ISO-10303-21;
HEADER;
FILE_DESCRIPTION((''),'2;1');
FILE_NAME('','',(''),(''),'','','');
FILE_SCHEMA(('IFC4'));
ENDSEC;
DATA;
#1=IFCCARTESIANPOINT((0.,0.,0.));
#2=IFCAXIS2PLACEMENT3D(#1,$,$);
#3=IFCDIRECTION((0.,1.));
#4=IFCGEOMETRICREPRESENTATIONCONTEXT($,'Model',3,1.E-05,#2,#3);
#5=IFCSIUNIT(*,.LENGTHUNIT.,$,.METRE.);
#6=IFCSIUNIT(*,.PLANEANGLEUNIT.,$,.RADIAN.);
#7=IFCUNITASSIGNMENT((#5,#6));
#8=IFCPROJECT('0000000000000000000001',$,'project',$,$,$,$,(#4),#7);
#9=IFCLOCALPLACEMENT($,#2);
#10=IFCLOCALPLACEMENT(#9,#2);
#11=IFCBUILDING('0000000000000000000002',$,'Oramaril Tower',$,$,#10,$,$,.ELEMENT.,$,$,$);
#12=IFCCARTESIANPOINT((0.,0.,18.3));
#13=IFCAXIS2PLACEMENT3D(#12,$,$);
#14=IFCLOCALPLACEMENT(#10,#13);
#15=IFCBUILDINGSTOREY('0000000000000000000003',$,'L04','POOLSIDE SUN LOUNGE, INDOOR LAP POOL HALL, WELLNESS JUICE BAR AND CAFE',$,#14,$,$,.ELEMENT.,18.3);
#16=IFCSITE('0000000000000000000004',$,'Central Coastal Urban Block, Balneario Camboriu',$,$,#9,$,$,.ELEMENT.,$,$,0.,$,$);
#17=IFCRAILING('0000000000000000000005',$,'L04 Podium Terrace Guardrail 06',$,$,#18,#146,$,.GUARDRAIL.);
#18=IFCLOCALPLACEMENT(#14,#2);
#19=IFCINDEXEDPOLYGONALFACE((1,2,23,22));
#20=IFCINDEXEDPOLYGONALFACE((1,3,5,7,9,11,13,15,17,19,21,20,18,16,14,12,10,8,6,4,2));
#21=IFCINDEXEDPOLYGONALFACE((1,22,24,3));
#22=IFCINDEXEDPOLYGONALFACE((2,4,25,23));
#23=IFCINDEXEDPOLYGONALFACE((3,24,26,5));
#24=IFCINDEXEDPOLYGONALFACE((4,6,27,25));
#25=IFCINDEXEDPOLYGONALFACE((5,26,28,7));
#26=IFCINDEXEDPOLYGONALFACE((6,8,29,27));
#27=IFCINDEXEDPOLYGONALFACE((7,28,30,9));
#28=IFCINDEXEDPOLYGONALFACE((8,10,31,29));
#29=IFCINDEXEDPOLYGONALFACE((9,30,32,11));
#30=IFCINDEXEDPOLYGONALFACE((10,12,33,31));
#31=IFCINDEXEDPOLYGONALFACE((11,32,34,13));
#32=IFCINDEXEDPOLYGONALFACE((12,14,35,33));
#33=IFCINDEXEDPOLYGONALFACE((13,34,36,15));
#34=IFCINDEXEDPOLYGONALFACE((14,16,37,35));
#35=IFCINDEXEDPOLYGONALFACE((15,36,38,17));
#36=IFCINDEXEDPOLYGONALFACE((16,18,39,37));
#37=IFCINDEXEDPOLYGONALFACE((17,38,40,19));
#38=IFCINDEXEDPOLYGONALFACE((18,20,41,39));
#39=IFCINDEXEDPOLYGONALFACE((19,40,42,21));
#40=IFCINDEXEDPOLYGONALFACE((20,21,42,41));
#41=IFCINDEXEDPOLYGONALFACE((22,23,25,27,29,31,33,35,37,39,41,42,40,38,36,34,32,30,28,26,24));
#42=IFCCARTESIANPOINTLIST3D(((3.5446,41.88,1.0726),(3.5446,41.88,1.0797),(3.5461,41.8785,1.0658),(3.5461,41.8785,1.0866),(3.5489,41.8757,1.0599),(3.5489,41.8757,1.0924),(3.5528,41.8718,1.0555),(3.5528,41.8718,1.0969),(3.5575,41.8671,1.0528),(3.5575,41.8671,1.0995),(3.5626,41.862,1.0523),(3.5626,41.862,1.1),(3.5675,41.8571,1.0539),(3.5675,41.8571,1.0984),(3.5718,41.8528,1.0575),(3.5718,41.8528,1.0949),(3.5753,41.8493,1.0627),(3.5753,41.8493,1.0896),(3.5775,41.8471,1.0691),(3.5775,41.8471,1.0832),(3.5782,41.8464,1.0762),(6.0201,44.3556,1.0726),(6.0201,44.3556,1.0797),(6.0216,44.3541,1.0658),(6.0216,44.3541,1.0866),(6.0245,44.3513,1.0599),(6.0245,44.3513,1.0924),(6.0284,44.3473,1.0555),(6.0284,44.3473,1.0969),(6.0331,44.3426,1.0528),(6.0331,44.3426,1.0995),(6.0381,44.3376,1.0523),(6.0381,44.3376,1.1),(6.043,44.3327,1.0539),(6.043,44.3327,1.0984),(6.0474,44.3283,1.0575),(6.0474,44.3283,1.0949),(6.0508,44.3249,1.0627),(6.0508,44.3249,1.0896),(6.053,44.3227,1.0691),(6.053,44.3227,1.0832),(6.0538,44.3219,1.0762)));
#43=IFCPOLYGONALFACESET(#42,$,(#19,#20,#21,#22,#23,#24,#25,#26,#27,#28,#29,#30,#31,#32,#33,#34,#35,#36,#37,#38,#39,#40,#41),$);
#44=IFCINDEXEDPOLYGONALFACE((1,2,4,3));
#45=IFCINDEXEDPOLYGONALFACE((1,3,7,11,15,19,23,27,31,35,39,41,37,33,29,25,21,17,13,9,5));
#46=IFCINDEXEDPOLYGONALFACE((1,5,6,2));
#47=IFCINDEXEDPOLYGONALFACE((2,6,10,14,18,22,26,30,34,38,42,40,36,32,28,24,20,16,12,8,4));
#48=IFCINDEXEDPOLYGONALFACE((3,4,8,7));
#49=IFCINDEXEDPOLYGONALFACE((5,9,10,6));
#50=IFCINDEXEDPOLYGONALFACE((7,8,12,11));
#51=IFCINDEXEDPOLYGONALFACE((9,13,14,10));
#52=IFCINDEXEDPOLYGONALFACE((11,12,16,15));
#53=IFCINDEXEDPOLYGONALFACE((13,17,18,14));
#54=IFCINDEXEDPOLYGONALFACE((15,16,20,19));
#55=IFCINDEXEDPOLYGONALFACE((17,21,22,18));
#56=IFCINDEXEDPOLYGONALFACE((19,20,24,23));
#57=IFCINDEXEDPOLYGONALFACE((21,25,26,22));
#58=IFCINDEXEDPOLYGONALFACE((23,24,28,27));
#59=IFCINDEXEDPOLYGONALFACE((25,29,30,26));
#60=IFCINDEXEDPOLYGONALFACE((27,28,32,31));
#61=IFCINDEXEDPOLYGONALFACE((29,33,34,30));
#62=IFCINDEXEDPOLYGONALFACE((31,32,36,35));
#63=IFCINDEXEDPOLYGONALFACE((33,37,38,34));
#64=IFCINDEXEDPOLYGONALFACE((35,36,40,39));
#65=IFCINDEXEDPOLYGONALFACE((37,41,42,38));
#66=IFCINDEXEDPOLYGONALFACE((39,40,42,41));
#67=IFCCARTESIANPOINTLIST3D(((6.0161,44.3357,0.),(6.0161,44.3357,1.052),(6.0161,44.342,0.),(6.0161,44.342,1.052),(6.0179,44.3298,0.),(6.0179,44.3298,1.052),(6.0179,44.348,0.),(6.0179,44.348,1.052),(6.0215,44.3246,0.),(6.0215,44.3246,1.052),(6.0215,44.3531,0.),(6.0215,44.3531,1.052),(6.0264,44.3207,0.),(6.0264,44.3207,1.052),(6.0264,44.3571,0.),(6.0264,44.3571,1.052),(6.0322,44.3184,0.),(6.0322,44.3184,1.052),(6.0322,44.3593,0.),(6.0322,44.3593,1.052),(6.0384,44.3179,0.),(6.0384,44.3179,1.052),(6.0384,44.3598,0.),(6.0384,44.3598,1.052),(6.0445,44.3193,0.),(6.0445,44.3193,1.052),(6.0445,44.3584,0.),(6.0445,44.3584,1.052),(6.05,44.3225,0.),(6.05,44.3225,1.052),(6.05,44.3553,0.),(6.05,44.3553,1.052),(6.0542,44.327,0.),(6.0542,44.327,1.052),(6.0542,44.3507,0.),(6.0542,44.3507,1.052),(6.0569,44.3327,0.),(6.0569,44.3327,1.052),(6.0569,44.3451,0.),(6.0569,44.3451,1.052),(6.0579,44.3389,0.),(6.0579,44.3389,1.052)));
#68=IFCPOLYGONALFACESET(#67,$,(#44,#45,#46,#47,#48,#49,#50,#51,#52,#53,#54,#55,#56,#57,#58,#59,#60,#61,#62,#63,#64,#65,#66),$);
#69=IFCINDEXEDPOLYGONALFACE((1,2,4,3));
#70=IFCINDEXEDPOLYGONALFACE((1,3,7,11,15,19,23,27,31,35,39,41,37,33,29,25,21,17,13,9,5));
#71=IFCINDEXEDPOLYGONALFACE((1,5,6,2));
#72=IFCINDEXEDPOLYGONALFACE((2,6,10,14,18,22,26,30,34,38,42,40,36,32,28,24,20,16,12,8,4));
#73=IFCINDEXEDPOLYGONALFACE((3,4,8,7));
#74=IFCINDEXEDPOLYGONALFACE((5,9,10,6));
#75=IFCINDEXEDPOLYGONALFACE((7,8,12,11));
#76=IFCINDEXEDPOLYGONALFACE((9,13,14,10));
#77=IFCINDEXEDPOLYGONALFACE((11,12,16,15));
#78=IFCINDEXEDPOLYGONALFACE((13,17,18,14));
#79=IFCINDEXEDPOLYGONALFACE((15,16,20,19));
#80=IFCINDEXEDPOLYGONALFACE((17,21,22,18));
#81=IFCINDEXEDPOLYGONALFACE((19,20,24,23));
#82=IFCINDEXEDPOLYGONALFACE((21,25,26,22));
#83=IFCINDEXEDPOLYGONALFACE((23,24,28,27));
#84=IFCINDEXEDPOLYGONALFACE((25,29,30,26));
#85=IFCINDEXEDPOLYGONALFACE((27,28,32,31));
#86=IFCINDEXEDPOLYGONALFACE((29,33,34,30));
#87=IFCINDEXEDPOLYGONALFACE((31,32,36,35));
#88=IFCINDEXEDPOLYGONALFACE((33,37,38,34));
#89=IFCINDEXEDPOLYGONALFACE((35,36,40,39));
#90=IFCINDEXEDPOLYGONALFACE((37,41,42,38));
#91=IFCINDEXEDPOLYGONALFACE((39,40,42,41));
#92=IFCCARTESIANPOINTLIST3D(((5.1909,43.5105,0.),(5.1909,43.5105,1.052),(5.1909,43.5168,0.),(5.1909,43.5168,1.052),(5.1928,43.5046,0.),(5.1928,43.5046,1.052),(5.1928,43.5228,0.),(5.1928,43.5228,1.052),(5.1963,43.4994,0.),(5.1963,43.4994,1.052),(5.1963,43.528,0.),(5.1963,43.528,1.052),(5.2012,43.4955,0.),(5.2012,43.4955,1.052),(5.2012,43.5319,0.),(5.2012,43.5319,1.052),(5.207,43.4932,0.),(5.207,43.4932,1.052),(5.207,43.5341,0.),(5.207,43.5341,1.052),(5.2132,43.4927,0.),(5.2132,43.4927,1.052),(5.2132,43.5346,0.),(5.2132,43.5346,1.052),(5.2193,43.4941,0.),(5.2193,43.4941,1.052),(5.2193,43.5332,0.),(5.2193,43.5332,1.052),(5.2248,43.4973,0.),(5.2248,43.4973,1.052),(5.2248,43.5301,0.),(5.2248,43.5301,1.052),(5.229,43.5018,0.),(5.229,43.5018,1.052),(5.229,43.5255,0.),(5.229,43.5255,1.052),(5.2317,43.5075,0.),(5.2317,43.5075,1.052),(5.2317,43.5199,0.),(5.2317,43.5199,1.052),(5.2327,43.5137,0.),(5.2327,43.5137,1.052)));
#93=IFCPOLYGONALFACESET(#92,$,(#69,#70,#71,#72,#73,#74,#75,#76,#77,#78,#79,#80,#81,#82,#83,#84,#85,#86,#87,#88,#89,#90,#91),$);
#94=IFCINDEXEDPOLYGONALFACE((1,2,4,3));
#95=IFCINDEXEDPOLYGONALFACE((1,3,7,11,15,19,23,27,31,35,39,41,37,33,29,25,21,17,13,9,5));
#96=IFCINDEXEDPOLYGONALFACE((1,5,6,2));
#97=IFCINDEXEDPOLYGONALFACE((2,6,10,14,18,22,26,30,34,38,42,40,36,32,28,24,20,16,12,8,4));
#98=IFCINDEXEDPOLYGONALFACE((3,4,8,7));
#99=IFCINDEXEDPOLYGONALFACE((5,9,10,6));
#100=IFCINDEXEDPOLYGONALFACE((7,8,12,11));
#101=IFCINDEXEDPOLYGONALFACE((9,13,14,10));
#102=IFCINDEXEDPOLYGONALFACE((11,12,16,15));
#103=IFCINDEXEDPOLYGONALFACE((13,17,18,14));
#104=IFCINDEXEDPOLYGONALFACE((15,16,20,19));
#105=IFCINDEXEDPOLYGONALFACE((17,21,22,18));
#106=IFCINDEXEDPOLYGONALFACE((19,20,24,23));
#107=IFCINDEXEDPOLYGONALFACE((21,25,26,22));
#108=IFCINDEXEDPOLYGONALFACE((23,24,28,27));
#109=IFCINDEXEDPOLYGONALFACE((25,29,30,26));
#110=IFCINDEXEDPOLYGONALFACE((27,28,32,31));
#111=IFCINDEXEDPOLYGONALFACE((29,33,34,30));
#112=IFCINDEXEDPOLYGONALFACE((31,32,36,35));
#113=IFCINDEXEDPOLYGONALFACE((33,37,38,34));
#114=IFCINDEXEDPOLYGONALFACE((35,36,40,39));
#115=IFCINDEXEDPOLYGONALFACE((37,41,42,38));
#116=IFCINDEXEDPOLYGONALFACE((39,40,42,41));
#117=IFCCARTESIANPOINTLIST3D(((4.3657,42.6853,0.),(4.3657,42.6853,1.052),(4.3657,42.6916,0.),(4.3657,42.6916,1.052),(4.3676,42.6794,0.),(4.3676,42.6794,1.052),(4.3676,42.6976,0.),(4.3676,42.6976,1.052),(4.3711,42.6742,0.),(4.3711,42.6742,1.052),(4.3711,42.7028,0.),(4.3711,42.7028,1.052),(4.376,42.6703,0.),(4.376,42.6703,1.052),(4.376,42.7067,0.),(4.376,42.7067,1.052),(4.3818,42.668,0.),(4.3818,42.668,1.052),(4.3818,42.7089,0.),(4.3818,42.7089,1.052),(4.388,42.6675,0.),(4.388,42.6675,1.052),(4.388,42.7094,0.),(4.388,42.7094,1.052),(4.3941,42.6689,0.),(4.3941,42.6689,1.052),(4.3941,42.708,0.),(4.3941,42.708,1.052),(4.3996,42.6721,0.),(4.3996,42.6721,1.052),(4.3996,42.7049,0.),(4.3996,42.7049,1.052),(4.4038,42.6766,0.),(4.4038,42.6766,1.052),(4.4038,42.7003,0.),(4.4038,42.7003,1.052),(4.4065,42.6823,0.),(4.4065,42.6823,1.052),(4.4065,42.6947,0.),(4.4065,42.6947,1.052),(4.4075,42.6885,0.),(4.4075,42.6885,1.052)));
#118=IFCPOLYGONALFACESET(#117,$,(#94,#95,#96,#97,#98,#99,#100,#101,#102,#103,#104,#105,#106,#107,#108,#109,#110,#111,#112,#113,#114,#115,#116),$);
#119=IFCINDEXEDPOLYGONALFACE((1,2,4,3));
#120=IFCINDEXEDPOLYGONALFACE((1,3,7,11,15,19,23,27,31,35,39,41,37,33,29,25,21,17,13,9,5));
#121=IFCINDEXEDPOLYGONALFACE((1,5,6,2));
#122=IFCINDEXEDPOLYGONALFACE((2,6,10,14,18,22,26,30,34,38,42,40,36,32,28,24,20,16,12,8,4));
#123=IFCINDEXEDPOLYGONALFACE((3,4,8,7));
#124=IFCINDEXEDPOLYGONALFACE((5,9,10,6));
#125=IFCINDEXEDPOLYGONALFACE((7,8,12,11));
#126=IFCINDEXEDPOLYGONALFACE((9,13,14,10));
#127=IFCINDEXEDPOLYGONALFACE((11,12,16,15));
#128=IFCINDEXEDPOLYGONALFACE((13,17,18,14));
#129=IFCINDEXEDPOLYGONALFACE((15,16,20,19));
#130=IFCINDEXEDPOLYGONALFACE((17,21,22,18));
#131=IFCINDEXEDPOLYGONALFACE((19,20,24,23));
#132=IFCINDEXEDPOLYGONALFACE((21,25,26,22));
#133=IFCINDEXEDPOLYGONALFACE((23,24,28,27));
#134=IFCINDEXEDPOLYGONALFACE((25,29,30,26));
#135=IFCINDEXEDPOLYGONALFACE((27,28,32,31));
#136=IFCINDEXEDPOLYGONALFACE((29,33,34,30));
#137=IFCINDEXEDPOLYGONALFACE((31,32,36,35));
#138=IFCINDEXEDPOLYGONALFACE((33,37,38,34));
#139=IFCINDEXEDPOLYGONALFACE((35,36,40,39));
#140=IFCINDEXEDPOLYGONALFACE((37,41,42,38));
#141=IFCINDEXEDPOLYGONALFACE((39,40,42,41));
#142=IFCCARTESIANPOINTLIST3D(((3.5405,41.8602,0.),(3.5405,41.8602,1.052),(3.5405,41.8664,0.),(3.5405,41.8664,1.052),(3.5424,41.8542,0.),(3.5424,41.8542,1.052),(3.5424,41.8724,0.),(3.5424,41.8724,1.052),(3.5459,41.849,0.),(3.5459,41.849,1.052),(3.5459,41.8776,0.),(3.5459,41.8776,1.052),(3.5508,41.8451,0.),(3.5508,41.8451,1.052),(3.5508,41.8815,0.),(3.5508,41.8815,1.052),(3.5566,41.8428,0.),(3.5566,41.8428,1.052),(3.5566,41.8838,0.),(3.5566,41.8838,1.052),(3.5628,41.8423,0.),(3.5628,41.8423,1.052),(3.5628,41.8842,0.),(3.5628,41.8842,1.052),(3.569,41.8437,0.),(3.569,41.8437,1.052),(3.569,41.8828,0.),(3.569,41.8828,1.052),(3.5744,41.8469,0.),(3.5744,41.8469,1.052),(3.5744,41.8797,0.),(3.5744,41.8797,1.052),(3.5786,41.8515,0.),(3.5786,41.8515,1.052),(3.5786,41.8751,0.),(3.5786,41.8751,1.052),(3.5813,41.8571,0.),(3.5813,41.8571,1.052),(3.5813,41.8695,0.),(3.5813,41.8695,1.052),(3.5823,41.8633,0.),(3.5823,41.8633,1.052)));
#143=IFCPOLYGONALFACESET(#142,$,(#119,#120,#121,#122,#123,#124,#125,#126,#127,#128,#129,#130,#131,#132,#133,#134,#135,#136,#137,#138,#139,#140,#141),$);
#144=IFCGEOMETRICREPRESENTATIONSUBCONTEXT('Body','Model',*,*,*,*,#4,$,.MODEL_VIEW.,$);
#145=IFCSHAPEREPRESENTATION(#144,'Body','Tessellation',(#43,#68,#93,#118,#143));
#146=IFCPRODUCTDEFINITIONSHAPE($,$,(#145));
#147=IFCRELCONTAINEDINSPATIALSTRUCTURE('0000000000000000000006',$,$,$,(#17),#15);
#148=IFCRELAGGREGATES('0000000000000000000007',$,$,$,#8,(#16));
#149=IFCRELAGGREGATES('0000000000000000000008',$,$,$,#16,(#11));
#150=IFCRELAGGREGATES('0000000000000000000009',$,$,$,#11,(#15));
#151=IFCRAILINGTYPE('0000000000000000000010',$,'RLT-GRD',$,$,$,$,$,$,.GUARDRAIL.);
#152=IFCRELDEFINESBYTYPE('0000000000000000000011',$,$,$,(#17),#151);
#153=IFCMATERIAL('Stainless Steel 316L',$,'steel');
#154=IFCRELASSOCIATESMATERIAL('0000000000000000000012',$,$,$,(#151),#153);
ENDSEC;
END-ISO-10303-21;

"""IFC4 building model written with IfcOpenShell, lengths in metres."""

from ifc_helpers import new_model, si_unit, direction, frame, origin, origin_2d, place, context, subcontext, project, spatial, circle, extrude, material, type_object, element, save


model = new_model("IFC4")

# Units and contexts
model_context = context("Model", 3, precision=1e-05, world=origin(), true_north=direction((0.0, 1.0)))
body_context = subcontext(model_context, "Body", "Model", "MODEL_VIEW")
ifc_project = project(units=[si_unit("LENGTHUNIT", "METRE"), si_unit("PLANEANGLEUNIT", "RADIAN")], contexts=[model_context])

# Site, building, storey
site_placement = place(None, origin())
site = spatial("IfcSite", under=ifc_project, at=site_placement, Name="Central Coastal Urban Block, Balneario Camboriu", CompositionType="ELEMENT", RefElevation=0.0)
building_placement = place(site_placement, origin())
building = spatial("IfcBuilding", under=site, at=building_placement, Name="Oramaril Tower", CompositionType="ELEMENT")
storey_placement = place(building_placement, frame((0.0, 0.0, 18.3)))
storey = spatial("IfcBuildingStorey", under=building, at=storey_placement, Name="L04", Description="POOLSIDE SUN LOUNGE, INDOOR LAP POOL HALL, WELLNESS JUICE BAR AND CAFE", CompositionType="ELEMENT", Elevation=18.3)

# Railing
ifc_material_1 = material(Name="Stainless Steel 316L", Category="steel")
railing_type = type_object("IfcRailingType", Name="RLT-GRD", PredefinedType="GUARDRAIL", material=ifc_material_1)
railing_1_placement = place(storey_placement, frame((6.0369, 44.3389, 0.0)))
element("IfcRailing", 1, at=railing_1_placement, inside=storey, type_object=railing_type, Name="L04 Podium Terrace Guardrail 06", PredefinedType="GUARDRAIL", context=body_context, shape_type="SweptSolid", body=[
    extrude(circle(Radius=0.0239, at=origin_2d()), frame((0.0, 0.0, 1.0762), z_axis=(-0.707107, -0.707107, 0.0), x_axis=(0.707107, -0.707107, 0.0)), (0.0, 0.0, 1.0), 3.501),
    extrude(circle(Radius=0.021, at=origin_2d()), origin(), (0.0, 0.0, 1.0), 1.052),
    extrude(circle(Radius=0.021, at=origin_2d()), frame((-0.8252, -0.8252, 0.0)), (0.0, 0.0, 1.0), 1.052),
    extrude(circle(Radius=0.021, at=origin_2d()), frame((-1.6504, -1.6504, 0.0)), (0.0, 0.0, 1.0), 1.052),
    extrude(circle(Radius=0.021, at=origin_2d()), frame((-2.4756, -2.4756, 0.0)), (0.0, 0.0, 1.0), 1.052),
])

save(model, "model.ifc")
